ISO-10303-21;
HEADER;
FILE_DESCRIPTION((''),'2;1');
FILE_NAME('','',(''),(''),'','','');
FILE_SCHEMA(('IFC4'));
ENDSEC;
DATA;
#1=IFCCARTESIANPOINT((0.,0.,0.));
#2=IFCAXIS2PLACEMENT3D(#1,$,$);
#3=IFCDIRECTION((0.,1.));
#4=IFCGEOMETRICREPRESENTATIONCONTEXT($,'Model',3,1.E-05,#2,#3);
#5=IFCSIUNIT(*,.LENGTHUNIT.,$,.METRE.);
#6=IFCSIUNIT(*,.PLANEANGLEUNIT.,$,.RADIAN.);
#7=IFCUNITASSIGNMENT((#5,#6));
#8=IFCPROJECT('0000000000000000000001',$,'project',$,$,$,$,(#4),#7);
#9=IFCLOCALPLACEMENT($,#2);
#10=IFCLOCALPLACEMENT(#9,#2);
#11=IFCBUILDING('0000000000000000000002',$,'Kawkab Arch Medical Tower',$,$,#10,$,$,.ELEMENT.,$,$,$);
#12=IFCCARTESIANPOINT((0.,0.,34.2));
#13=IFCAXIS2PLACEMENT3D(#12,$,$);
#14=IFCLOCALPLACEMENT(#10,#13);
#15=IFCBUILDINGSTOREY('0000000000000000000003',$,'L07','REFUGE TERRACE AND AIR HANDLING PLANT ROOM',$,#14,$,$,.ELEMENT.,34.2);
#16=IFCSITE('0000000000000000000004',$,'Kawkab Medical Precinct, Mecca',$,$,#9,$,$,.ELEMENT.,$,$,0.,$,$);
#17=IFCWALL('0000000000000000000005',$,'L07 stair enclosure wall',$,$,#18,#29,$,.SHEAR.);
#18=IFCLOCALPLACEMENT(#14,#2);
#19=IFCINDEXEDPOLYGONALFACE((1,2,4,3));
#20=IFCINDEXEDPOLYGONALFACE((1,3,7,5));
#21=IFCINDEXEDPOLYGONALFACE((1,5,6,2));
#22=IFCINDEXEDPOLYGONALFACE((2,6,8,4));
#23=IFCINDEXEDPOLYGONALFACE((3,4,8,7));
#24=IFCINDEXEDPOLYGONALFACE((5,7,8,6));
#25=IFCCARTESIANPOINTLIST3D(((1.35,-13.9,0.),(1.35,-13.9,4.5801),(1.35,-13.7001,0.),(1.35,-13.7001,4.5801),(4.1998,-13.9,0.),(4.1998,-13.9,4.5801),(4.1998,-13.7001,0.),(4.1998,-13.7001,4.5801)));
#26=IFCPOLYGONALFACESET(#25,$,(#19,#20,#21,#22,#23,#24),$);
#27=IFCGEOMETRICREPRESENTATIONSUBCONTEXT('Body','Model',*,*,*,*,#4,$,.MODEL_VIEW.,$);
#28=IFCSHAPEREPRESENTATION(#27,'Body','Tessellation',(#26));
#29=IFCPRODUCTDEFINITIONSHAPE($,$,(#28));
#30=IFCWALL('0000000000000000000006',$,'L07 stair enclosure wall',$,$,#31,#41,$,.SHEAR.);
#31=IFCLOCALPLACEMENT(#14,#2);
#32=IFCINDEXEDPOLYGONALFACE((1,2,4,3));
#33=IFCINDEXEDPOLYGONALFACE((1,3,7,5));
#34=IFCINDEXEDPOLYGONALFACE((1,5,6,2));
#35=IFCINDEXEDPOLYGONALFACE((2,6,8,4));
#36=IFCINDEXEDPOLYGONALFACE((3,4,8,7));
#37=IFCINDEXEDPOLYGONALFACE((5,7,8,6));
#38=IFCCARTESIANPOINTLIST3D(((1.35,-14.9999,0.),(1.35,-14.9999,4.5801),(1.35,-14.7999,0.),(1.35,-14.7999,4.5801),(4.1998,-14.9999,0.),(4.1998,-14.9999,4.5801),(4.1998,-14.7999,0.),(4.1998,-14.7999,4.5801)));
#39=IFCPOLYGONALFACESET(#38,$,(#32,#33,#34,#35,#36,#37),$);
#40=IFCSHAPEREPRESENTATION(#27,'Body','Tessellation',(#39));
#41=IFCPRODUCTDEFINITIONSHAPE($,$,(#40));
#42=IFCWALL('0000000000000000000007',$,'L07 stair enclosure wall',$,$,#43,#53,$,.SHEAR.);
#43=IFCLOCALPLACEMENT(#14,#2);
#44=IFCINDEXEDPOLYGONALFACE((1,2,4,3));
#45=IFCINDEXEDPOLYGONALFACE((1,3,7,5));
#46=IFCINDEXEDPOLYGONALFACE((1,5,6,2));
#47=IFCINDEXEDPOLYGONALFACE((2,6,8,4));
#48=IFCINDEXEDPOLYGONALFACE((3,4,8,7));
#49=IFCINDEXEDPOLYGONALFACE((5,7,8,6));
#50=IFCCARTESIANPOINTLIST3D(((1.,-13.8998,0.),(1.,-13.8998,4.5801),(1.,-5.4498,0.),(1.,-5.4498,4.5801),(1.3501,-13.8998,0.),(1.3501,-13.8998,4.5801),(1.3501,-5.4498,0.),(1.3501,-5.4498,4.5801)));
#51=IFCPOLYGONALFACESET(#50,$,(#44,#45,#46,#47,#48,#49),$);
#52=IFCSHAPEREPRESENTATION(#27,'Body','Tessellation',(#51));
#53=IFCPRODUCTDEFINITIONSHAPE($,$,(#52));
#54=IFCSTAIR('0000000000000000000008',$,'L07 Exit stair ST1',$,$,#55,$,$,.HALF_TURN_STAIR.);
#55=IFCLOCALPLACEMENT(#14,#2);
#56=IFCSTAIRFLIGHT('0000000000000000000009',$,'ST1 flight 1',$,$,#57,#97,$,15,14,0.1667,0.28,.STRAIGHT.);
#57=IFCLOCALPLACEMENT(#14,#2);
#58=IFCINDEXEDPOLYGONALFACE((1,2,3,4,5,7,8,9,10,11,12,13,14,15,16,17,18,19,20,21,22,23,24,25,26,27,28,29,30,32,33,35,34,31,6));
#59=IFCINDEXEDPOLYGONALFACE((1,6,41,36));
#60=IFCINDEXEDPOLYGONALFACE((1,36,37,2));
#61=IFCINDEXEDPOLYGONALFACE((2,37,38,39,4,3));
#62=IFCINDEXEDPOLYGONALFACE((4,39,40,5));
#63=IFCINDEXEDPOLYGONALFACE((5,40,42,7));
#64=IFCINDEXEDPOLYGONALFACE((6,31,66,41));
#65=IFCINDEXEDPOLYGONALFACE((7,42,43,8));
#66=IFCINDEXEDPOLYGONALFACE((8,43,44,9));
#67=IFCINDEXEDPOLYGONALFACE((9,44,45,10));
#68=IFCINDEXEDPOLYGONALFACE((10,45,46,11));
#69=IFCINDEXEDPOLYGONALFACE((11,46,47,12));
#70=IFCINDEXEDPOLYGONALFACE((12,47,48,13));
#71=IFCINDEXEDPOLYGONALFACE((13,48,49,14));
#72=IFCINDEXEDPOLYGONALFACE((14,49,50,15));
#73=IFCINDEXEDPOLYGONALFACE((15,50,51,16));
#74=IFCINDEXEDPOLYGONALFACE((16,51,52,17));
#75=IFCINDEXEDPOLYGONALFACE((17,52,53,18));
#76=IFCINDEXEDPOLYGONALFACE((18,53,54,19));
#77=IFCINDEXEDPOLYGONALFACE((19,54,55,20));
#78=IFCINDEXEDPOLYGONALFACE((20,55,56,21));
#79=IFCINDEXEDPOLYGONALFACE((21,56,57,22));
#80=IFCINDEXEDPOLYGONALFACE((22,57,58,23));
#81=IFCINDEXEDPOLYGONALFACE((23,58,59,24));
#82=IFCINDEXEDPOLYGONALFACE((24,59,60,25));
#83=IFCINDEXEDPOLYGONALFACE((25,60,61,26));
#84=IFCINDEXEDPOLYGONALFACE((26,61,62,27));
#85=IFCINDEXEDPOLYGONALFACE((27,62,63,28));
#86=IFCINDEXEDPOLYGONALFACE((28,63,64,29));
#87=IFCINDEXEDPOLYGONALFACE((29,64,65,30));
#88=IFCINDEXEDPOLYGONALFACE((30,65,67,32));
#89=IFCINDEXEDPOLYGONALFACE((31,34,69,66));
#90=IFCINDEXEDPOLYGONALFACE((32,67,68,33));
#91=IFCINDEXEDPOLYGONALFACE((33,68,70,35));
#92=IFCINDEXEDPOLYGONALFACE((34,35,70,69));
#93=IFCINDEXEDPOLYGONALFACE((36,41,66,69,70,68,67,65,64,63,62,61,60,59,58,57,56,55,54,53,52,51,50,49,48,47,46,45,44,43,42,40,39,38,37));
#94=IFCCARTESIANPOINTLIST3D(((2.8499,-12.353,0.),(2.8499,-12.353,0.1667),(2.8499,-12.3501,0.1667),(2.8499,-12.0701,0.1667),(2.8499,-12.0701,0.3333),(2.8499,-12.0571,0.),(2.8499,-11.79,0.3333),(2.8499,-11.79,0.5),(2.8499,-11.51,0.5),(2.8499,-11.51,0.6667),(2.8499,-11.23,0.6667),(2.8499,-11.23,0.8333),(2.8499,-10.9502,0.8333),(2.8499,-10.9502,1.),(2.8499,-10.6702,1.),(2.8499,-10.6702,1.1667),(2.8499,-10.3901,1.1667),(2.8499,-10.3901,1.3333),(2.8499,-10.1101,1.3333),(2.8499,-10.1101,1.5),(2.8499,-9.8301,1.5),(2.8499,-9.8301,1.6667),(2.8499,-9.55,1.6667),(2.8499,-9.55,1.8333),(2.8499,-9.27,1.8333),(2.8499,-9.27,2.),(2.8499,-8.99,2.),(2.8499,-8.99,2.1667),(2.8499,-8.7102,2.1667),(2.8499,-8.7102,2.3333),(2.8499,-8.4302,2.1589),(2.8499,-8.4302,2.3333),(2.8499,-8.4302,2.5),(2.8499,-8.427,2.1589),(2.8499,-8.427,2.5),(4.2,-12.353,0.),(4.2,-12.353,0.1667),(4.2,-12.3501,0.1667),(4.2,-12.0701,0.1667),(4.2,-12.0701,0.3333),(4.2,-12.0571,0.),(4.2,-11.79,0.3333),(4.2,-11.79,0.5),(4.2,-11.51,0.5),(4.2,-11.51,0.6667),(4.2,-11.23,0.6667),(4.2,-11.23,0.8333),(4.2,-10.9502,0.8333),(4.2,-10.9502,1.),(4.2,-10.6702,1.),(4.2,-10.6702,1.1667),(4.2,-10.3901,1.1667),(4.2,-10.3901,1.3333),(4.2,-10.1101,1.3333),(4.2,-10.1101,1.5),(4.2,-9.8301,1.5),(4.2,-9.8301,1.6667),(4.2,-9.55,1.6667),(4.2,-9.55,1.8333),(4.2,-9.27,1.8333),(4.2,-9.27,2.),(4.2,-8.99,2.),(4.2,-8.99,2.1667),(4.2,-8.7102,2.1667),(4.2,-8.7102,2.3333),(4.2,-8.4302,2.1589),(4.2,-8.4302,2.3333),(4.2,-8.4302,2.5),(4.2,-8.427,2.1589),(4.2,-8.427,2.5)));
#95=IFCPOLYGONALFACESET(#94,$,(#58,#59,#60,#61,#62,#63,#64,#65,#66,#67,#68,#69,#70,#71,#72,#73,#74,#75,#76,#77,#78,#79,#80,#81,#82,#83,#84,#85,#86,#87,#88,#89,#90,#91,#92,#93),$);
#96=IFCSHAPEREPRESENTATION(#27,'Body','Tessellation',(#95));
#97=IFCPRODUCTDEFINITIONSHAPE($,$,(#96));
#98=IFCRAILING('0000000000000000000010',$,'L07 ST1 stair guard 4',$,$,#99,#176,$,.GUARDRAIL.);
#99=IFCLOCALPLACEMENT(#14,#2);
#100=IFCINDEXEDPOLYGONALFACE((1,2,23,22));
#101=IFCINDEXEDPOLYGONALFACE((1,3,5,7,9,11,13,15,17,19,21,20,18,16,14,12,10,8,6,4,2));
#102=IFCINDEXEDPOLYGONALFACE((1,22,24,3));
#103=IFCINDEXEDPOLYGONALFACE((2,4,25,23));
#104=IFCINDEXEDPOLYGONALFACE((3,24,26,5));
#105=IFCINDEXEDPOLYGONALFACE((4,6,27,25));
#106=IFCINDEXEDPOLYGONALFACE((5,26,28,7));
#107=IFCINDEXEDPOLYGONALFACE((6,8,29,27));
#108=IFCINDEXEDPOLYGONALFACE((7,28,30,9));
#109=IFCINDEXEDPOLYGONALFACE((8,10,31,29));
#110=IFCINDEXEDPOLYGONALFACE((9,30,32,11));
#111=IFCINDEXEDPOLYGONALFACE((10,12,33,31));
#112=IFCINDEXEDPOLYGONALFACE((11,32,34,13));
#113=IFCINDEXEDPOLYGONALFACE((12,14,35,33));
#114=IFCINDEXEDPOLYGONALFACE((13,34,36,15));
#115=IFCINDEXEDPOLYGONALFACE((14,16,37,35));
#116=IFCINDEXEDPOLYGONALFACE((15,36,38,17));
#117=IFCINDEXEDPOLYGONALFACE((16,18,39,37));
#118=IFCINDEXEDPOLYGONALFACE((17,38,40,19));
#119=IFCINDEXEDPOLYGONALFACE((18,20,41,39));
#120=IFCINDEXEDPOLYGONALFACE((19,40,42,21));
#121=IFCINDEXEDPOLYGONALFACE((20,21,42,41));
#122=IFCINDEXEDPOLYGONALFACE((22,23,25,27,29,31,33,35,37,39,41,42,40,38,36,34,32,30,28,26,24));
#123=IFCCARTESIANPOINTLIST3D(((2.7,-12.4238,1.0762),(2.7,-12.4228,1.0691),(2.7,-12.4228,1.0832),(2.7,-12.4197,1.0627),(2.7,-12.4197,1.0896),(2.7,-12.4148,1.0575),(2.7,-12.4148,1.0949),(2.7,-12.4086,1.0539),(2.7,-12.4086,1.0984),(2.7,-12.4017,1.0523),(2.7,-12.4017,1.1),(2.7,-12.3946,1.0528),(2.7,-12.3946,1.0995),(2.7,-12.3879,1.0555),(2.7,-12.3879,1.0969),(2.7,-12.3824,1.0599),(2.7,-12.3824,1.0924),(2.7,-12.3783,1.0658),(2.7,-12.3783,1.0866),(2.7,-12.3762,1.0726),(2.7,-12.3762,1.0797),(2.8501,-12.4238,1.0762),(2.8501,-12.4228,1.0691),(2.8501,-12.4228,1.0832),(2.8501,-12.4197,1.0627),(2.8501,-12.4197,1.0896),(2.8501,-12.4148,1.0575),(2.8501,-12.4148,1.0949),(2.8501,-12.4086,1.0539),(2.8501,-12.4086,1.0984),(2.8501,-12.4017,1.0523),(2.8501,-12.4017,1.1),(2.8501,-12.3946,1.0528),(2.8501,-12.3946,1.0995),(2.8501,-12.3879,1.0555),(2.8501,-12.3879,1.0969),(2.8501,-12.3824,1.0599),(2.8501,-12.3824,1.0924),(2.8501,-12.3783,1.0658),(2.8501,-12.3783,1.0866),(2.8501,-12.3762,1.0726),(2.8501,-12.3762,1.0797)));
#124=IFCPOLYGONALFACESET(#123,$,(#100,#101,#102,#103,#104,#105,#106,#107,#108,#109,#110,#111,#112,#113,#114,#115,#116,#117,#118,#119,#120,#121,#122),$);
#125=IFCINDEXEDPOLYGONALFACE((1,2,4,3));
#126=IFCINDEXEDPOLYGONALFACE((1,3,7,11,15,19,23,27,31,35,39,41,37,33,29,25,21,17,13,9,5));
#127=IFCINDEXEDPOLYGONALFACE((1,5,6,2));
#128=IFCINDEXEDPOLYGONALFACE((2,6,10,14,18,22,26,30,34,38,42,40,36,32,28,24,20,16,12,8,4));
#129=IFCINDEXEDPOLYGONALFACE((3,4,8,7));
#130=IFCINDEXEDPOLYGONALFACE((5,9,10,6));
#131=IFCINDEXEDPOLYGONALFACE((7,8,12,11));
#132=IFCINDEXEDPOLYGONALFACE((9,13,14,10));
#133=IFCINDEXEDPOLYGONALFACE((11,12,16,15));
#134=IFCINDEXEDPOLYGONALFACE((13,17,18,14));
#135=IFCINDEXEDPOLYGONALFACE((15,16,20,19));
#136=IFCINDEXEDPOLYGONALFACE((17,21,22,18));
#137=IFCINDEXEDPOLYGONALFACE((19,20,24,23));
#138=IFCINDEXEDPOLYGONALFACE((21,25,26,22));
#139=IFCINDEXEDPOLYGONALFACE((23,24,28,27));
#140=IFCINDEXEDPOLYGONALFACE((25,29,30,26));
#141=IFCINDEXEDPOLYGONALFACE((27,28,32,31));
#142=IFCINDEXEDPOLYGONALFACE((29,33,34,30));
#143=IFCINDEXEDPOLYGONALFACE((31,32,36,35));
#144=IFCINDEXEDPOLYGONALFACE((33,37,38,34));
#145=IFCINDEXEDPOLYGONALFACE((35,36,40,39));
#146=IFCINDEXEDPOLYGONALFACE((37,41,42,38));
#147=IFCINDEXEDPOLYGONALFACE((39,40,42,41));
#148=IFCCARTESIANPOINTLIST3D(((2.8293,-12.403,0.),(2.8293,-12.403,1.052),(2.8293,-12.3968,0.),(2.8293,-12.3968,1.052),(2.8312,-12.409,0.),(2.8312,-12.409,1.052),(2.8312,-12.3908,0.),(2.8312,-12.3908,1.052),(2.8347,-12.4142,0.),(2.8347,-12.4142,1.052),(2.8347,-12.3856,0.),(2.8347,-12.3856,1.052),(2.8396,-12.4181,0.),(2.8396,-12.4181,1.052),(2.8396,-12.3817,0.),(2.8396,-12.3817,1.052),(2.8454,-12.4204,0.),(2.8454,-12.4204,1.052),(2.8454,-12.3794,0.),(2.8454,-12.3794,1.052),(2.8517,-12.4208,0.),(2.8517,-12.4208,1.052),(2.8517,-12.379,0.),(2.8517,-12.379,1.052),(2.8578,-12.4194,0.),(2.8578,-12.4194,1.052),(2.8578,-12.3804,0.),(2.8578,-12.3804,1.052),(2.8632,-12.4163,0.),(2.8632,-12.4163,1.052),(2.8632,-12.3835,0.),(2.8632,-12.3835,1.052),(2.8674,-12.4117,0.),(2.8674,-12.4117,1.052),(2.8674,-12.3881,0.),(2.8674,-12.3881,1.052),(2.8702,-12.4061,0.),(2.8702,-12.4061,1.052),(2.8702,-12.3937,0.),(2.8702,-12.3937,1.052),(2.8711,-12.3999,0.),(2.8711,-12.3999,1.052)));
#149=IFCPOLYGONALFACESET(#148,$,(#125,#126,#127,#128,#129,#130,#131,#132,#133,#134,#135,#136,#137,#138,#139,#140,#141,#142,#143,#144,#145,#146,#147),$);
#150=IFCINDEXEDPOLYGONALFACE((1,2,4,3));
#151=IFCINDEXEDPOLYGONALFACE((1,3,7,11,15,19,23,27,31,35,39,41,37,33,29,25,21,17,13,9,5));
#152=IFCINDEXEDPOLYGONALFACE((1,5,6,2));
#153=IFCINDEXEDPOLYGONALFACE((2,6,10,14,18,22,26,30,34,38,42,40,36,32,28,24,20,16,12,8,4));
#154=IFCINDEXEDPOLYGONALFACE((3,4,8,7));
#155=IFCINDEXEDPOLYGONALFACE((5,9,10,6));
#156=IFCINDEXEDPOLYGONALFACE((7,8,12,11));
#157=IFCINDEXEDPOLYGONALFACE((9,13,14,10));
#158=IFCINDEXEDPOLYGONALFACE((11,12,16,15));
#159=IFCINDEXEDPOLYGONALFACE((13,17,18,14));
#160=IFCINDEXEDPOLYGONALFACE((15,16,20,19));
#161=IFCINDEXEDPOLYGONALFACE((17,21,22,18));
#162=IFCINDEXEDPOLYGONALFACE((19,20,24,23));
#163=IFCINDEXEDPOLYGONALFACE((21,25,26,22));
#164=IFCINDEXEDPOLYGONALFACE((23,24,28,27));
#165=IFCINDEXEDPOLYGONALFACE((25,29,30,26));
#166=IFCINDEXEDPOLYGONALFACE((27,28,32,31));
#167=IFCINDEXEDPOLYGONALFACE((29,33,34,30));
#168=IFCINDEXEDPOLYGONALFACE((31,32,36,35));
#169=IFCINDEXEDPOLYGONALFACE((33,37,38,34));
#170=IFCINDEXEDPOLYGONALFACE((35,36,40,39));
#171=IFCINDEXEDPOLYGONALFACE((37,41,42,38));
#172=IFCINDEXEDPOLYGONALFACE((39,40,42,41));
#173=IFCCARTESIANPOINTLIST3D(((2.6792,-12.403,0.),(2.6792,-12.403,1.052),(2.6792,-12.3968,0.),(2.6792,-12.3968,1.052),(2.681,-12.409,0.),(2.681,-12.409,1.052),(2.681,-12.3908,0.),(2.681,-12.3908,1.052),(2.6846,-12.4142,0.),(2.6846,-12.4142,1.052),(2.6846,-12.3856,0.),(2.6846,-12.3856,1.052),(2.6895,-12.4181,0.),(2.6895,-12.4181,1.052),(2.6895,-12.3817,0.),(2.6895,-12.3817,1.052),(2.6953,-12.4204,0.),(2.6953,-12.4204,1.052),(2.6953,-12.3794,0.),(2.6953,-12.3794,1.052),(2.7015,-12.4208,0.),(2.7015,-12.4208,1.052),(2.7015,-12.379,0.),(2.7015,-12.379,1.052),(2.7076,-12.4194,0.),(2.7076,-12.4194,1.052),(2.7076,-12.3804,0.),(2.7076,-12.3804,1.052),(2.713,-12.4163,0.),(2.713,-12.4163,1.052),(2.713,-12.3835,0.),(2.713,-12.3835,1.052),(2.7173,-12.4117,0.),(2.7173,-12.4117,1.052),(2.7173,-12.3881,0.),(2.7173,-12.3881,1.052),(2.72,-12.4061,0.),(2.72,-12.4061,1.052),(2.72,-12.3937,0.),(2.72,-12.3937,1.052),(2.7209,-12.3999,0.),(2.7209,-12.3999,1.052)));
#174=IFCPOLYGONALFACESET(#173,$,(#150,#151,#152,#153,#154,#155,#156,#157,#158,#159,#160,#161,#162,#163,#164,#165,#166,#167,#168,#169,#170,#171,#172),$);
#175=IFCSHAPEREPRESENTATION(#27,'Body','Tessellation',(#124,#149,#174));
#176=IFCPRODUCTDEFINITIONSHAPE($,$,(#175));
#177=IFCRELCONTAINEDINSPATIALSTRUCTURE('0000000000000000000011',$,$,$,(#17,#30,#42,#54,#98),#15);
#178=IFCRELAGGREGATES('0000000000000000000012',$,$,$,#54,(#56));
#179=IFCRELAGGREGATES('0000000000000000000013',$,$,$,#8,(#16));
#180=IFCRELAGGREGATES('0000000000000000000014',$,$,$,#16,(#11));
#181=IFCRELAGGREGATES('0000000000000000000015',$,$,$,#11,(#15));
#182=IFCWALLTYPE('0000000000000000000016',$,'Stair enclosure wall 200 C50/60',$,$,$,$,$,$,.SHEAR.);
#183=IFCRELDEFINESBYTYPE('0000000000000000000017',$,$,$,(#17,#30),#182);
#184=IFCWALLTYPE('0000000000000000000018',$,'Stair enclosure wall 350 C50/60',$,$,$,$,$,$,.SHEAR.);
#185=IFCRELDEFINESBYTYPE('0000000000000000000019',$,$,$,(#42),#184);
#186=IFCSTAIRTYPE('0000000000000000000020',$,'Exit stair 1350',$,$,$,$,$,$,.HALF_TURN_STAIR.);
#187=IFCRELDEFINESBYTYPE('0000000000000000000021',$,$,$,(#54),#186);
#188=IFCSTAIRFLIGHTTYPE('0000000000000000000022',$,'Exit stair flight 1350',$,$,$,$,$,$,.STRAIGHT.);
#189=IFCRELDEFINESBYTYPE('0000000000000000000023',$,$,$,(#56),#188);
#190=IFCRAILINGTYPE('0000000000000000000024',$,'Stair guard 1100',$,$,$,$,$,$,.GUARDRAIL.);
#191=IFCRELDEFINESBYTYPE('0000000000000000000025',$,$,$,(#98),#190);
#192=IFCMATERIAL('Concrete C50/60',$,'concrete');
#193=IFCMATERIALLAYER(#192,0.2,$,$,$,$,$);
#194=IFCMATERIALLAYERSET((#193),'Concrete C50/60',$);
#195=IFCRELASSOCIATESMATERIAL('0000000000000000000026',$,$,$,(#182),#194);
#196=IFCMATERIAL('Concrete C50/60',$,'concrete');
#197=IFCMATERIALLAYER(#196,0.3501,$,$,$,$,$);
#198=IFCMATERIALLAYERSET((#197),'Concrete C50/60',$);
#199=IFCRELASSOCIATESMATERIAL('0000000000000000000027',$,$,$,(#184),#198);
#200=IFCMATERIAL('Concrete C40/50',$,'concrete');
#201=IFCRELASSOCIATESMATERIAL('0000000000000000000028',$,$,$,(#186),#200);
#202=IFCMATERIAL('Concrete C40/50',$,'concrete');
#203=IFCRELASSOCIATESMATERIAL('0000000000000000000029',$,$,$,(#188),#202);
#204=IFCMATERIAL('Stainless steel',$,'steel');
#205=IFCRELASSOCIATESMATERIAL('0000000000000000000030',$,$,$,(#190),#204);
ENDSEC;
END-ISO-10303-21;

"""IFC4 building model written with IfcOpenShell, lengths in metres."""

from ifc_helpers import new_model, si_unit, direction, frame, frame_2d, origin, origin_2d, place, context, subcontext, project, spatial, polyline, rectangle, circle, outline, extrude, material, layer, layer_set, type_object, element, aggregate, save


model = new_model("IFC4")

# Units and contexts
model_context = context("Model", 3, precision=1e-05, world=origin(), true_north=direction((0.0, 1.0)))
body_context = subcontext(model_context, "Body", "Model", "MODEL_VIEW")
ifc_project = project(units=[si_unit("LENGTHUNIT", "METRE"), si_unit("PLANEANGLEUNIT", "RADIAN")], contexts=[model_context])

# Site, building, storey
site_placement = place(None, origin())
site = spatial("IfcSite", under=ifc_project, at=site_placement, Name="Kawkab Medical Precinct, Mecca", CompositionType="ELEMENT", RefElevation=0.0)
building_placement = place(site_placement, origin())
building = spatial("IfcBuilding", under=site, at=building_placement, Name="Kawkab Arch Medical Tower", CompositionType="ELEMENT")
storey_placement = place(building_placement, frame((0.0, 0.0, 34.2)))
storey = spatial("IfcBuildingStorey", under=building, at=storey_placement, Name="L07", Description="REFUGE TERRACE AND AIR HANDLING PLANT ROOM", CompositionType="ELEMENT", Elevation=34.2)

# Walls
ifc_material_1 = material(Name="Concrete C50/60", Category="concrete")
ifc_layer_1 = layer(ifc_material_1, 0.2)
ifc_layer_set_1 = layer_set([ifc_layer_1], Name="Concrete C50/60")
wall_type_1 = type_object("IfcWallType", Name="Stair enclosure wall 200 C50/60", PredefinedType="SHEAR", material=ifc_layer_set_1)
for number, where, z_axis, x_axis, name in (
    (1, (1.3501, -13.8, 0.0), (0.0, 0.0, 1.0), (1.0, 0.0, 0.0), "L07 stair enclosure wall"),
    (2, (1.3501, -14.8999, 0.0), (0.0, 0.0, 1.0), (1.0, 0.0, 0.0), "L07 stair enclosure wall"),
):
    element("IfcWall", number, at=place(storey_placement, frame(where, z_axis=z_axis, x_axis=x_axis)), inside=storey, type_object=wall_type_1, Name=name, PredefinedType="SHEAR", context=body_context, shape_type="SweptSolid", body=[
        extrude(rectangle(XDim=2.8499, YDim=0.2, at=frame_2d((1.4248, 0.0))), origin(), (0.0, 0.0, 1.0), 4.5801),
    ])
ifc_material_2 = material(Name="Concrete C50/60", Category="concrete")
ifc_layer_2 = layer(ifc_material_2, 0.3501)
ifc_layer_set_2 = layer_set([ifc_layer_2], Name="Concrete C50/60")
wall_type_2 = type_object("IfcWallType", Name="Stair enclosure wall 350 C50/60", PredefinedType="SHEAR", material=ifc_layer_set_2)
wall_1_placement = place(storey_placement, frame((1.175, -13.8999, 0.0), z_axis=(0.0, 0.0, 1.0), x_axis=(0.0, 1.0, 0.0)))
element("IfcWall", 3, at=wall_1_placement, inside=storey, type_object=wall_type_2, Name="L07 stair enclosure wall", PredefinedType="SHEAR", context=body_context, shape_type="SweptSolid", body=[
    extrude(rectangle(XDim=8.45, YDim=0.3501, at=frame_2d((4.2251, 0.0))), origin(), (0.0, 0.0, 1.0), 4.5801),
])

# Stair, stair flight
ifc_material_3 = material(Name="Concrete C40/50", Category="concrete")
stair_type = type_object("IfcStairType", Name="Exit stair 1350", PredefinedType="HALF_TURN_STAIR", material=ifc_material_3)
stair_placement = place(storey_placement, origin())
stair = element("IfcStair", 4, at=stair_placement, inside=storey, type_object=stair_type, Name="L07 Exit stair ST1", PredefinedType="HALF_TURN_STAIR")
ifc_material_4 = material(Name="Concrete C40/50", Category="concrete")
stair_flight_type = type_object("IfcStairFlightType", Name="Exit stair flight 1350", PredefinedType="STRAIGHT", material=ifc_material_4)
stair_flight_placement = place(storey_placement, frame((3.5249, -12.3501, 0.0), z_axis=(0.0, 0.0, 1.0), x_axis=(0.0, 1.0, 0.0)))
stair_flight = element("IfcStairFlight", 5, at=stair_flight_placement, type_object=stair_flight_type, Name="ST1 flight 1", NumberOfRisers=15, NumberOfTreads=14, PredefinedType="STRAIGHT", RiserHeight=0.1667, TreadLength=0.28, context=body_context, shape_type="SweptSolid", body=[
    extrude(outline(polyline([(-0.0029, 0.0), (-0.0029, 0.1667), (0.0, 0.1667), (0.28, 0.1667), (0.28, 0.3333), (0.5601, 0.3333), (0.5601, 0.5), (0.8401, 0.5), (0.8401, 0.6667), (1.1201, 0.6667), (1.1201, 0.8333), (1.3999, 0.8333), (1.3999, 1.0), (1.6799, 1.0), (1.6799, 1.1667), (1.96, 1.1667), (1.96, 1.3333), (2.24, 1.3333), (2.24, 1.5), (2.52, 1.5), (2.52, 1.6667), (2.8, 1.6667), (2.8, 1.8333), (3.0801, 1.8333), (3.0801, 2.0), (3.3601, 2.0), (3.3601, 2.1667), (3.6399, 2.1667), (3.6399, 2.3333), (3.9199, 2.3333), (3.9199, 2.5), (3.9231, 2.5), (3.9231, 2.1589), (3.9199, 2.1589), (0.293, 0.0), (-0.0029, 0.0)])), frame((0.0, 0.675, 0.0), z_axis=(0.0, -1.0, 0.0), x_axis=(1.0, 0.0, 0.0)), (0.0, 0.0, 1.0), 1.3501),
])
aggregate(stair, [stair_flight])

# Railing
ifc_material_5 = material(Name="Stainless steel", Category="steel")
railing_type = type_object("IfcRailingType", Name="Stair guard 1100", PredefinedType="GUARDRAIL", material=ifc_material_5)
railing_placement = place(storey_placement, frame((2.8501, -12.3999, 0.0)))
element("IfcRailing", 6, at=railing_placement, inside=storey, type_object=railing_type, Name="L07 ST1 stair guard 4", PredefinedType="GUARDRAIL", context=body_context, shape_type="SweptSolid", body=[
    extrude(circle(Radius=0.0239, at=origin_2d()), frame((0.0, 0.0, 1.0762), z_axis=(-1.0, 0.0, 0.0), x_axis=(0.0, -1.0, 0.0)), (0.0, 0.0, 1.0), 0.1501),
    extrude(circle(Radius=0.021, at=origin_2d()), origin(), (0.0, 0.0, 1.0), 1.052),
    extrude(circle(Radius=0.021, at=origin_2d()), frame((-0.1501, 0.0, 0.0)), (0.0, 0.0, 1.0), 1.052),
])

save(model, "model.ifc")
